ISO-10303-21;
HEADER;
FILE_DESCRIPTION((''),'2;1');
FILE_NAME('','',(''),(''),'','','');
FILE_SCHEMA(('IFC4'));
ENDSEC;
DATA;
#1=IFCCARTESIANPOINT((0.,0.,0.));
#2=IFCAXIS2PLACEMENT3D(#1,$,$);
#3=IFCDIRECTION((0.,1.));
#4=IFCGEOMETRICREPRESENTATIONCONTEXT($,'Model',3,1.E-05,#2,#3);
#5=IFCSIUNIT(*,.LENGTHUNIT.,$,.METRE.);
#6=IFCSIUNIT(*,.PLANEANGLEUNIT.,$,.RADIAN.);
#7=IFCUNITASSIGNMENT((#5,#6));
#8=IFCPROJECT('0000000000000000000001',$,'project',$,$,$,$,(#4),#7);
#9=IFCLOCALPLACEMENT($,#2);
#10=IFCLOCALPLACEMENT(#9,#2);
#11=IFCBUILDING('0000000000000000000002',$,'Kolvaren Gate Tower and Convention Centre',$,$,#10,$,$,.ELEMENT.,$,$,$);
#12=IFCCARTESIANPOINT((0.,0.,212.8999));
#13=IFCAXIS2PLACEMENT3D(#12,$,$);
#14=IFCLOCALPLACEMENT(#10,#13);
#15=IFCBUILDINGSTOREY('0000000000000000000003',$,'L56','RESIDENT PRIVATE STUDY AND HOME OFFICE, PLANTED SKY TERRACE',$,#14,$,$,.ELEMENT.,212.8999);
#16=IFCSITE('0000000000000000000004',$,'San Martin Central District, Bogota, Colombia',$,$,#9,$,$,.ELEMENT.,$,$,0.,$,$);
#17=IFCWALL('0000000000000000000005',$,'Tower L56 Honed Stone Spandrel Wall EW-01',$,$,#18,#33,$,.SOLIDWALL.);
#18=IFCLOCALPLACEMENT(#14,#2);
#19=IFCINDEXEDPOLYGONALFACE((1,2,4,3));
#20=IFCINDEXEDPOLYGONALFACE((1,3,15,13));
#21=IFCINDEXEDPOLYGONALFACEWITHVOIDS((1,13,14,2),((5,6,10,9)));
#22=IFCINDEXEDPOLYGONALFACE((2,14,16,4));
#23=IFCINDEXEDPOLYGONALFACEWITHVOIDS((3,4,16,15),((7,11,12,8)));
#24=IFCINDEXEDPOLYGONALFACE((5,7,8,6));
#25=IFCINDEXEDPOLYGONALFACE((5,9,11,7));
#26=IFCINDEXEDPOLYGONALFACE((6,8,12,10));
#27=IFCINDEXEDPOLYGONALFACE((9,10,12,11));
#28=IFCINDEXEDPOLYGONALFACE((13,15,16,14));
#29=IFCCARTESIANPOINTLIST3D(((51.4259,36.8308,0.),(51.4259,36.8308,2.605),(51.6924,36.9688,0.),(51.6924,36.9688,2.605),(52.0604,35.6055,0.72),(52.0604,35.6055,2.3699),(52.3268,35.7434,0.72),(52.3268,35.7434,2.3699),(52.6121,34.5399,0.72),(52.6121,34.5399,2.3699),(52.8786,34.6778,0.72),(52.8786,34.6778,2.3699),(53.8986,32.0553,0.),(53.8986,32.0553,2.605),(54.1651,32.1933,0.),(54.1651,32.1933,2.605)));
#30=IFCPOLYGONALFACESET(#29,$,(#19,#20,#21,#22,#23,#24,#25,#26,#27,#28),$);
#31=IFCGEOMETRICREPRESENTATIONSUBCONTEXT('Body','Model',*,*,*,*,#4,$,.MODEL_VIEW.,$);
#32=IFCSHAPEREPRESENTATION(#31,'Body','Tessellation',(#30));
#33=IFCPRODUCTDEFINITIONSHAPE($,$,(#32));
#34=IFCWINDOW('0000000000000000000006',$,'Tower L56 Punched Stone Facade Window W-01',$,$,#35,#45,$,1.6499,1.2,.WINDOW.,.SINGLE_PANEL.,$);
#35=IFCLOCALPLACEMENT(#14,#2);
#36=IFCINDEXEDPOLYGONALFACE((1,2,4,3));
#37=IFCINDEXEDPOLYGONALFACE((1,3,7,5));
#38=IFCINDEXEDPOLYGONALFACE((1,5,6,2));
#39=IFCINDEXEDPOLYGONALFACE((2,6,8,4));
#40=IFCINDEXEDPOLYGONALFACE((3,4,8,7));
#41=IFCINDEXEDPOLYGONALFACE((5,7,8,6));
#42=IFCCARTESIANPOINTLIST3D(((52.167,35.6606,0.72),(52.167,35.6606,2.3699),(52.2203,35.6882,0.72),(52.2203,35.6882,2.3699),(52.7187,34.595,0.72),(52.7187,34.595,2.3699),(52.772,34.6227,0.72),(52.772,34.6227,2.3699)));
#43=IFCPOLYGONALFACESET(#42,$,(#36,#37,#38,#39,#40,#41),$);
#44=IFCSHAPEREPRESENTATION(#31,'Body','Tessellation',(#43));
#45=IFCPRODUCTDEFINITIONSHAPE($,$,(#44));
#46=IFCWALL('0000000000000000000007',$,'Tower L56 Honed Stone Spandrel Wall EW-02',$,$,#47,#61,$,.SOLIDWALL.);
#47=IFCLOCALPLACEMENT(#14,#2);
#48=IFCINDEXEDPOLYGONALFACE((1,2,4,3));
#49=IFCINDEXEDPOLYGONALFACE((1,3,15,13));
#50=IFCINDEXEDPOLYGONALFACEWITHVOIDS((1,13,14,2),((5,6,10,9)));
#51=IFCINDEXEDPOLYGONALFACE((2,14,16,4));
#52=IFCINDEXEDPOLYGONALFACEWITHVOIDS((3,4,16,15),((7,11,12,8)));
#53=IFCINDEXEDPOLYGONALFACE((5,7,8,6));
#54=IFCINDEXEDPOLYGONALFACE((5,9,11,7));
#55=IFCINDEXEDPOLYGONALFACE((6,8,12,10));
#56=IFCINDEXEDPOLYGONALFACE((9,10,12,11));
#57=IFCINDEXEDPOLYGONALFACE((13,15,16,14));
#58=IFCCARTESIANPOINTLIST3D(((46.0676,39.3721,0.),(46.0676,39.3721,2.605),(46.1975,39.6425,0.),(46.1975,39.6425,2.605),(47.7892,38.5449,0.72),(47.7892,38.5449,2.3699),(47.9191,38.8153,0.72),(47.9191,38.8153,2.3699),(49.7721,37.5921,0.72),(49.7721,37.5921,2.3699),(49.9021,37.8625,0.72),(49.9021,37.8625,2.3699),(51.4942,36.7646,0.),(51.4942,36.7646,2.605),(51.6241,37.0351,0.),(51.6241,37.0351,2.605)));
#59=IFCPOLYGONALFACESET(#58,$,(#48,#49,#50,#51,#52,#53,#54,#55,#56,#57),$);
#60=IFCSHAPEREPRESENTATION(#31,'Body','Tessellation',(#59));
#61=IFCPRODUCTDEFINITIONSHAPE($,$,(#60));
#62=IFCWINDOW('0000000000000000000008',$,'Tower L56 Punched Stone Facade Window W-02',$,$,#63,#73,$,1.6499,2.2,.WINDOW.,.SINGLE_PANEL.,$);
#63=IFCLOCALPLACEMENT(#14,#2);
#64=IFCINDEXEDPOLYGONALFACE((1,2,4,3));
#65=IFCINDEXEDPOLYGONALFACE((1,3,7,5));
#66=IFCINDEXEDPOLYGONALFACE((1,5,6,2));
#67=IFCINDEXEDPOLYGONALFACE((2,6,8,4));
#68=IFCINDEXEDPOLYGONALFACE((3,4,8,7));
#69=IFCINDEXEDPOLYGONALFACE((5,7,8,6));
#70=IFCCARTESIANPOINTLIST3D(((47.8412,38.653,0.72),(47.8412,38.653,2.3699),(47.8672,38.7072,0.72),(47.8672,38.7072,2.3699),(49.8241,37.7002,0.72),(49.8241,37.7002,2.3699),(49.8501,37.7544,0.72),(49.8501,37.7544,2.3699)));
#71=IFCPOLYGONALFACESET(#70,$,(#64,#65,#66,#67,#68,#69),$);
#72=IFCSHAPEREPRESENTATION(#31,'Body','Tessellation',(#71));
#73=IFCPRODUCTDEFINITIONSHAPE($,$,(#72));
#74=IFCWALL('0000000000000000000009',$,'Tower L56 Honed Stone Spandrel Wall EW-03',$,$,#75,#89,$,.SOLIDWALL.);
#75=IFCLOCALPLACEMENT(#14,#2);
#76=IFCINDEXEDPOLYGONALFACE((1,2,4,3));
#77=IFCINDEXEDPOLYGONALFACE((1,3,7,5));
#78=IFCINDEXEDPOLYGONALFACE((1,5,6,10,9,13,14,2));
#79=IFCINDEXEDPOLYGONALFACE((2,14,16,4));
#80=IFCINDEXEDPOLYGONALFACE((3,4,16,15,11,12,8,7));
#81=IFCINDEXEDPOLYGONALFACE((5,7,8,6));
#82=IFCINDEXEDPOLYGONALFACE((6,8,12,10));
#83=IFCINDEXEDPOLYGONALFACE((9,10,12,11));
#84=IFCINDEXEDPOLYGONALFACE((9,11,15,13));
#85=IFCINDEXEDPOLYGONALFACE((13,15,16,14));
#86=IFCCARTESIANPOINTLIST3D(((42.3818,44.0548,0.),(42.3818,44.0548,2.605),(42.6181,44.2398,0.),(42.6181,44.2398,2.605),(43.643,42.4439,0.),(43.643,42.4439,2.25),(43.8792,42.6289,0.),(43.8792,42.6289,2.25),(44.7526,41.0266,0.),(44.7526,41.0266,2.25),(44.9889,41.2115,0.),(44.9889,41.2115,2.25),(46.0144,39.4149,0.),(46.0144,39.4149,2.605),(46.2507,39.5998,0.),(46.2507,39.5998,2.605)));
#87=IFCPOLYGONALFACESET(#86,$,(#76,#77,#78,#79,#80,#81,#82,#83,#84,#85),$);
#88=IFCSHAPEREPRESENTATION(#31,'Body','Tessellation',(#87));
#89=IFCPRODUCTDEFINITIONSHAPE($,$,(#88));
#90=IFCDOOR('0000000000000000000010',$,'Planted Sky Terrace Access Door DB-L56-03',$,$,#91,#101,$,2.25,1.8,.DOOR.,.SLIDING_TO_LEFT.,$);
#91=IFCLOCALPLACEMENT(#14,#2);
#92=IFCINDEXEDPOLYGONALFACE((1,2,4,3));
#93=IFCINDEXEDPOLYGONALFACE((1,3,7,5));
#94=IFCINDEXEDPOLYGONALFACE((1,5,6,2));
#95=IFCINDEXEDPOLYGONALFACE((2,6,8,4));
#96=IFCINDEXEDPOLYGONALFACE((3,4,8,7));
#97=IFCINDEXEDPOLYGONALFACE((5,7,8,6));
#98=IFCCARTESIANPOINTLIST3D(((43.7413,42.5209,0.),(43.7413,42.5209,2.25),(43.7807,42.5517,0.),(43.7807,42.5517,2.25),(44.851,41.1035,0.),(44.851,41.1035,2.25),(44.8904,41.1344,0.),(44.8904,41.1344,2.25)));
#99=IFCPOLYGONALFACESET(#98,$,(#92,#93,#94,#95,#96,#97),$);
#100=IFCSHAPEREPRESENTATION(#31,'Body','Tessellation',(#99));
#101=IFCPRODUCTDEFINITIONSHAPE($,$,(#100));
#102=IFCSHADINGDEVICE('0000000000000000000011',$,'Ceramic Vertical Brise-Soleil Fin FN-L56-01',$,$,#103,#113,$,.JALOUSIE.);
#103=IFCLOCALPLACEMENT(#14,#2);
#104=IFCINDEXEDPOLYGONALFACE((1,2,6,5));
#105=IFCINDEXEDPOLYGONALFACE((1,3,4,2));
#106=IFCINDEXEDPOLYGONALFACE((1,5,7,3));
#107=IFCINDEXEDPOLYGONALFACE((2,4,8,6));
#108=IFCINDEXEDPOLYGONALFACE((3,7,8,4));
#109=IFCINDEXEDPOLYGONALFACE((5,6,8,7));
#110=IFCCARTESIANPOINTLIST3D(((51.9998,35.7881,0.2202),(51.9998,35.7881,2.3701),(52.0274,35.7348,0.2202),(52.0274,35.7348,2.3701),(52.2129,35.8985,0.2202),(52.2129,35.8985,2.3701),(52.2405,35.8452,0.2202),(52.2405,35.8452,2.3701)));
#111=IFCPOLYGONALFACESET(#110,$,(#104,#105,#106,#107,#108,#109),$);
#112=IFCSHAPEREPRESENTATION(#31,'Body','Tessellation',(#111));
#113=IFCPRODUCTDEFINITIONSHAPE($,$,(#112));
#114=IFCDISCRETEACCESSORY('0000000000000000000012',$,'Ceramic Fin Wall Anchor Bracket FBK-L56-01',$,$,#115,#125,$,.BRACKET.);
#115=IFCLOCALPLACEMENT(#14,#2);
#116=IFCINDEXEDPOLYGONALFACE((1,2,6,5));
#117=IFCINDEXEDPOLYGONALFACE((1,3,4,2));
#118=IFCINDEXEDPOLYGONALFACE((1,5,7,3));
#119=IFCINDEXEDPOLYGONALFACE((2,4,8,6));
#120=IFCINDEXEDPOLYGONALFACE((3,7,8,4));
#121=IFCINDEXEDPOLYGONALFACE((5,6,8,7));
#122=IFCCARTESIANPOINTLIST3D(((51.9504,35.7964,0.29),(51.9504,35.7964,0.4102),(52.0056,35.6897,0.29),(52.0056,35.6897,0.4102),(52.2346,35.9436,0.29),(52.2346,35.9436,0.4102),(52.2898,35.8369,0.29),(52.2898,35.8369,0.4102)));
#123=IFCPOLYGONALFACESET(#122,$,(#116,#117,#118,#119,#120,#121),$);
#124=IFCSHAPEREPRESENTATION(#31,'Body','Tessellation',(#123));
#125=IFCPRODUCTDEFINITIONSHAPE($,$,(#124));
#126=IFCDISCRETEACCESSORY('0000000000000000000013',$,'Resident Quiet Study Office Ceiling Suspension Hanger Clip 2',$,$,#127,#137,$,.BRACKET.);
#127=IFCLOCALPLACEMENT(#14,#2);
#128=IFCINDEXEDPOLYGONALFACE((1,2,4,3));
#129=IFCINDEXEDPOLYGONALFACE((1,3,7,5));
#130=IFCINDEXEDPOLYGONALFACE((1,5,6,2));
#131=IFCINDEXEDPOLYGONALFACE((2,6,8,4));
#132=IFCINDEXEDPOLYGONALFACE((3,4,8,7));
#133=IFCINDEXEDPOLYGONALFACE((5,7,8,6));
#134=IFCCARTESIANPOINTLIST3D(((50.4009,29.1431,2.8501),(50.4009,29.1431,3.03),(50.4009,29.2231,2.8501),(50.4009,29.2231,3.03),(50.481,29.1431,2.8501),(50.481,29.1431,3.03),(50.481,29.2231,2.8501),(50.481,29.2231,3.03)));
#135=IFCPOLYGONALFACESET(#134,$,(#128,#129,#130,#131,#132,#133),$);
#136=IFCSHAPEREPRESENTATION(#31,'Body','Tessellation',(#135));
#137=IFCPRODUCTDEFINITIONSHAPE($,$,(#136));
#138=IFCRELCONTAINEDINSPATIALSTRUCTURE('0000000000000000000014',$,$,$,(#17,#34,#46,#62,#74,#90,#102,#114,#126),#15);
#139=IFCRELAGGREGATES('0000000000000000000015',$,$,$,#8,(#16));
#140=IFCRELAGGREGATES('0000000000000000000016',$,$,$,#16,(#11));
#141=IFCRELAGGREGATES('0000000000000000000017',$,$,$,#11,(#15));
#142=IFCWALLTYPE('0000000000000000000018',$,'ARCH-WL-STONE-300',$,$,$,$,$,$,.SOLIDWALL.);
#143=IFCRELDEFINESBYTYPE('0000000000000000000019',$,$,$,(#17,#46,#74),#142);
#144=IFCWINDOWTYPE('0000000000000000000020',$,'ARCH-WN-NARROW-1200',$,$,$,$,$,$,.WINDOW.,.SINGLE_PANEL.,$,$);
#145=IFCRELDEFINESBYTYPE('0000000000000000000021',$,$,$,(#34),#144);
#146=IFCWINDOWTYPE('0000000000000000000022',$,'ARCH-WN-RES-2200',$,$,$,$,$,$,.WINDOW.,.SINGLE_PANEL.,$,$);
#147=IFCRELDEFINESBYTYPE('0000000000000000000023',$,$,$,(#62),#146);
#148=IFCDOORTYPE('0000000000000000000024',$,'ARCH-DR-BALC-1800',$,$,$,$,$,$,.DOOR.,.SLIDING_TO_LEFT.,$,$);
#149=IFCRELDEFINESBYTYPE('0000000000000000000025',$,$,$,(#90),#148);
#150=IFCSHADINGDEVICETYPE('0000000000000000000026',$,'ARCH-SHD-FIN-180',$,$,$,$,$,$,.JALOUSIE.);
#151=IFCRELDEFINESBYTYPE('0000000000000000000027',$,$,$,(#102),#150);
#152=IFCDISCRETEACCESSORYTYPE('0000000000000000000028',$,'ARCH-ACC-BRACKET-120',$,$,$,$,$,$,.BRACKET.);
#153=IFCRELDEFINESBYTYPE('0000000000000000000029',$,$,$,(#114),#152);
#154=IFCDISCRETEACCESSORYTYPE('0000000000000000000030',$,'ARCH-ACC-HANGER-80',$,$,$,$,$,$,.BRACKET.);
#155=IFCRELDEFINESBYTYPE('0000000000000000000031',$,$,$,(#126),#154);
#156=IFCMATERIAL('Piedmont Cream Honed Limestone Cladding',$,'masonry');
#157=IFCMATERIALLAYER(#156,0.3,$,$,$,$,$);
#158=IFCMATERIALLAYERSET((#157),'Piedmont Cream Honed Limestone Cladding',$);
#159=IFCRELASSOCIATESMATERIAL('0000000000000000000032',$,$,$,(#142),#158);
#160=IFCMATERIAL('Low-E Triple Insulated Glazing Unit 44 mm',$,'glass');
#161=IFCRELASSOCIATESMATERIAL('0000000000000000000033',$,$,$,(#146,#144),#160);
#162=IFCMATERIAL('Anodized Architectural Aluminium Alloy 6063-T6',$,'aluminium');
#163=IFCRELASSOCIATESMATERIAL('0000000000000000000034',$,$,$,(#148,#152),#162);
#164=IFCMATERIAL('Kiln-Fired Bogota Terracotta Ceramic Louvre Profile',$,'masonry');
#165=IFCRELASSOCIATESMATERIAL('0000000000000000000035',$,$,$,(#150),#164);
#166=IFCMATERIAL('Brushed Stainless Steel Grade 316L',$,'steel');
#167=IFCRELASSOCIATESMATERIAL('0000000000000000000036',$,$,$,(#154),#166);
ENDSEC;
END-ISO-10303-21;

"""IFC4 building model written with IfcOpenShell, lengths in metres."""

from ifc_helpers import new_model, si_unit, direction, frame, frame_2d, origin, origin_2d, place, context, subcontext, project, spatial, rectangle, extrude, material, layer, layer_set, type_object, element, fill, save


model = new_model("IFC4")

# Units and contexts
model_context = context("Model", 3, precision=1e-05, world=origin(), true_north=direction((0.0, 1.0)))
body_context = subcontext(model_context, "Body", "Model", "MODEL_VIEW")
ifc_project = project(units=[si_unit("LENGTHUNIT", "METRE"), si_unit("PLANEANGLEUNIT", "RADIAN")], contexts=[model_context])

# Site, building, storey
site_placement = place(None, origin())
site = spatial("IfcSite", under=ifc_project, at=site_placement, Name="San Martin Central District, Bogota, Colombia", CompositionType="ELEMENT", RefElevation=0.0)
building_placement = place(site_placement, origin())
building = spatial("IfcBuilding", under=site, at=building_placement, Name="Kolvaren Gate Tower and Convention Centre", CompositionType="ELEMENT")
storey_placement = place(building_placement, frame((0.0, 0.0, 212.8999)))
storey = spatial("IfcBuildingStorey", under=building, at=storey_placement, Name="L56", Description="RESIDENT PRIVATE STUDY AND HOME OFFICE, PLANTED SKY TERRACE", CompositionType="ELEMENT", Elevation=212.8999)

# Shared definitions
ifc_material_1 = material(Name="Piedmont Cream Honed Limestone Cladding", Category="masonry")

# Walls, openings, windows
ifc_layer_1 = layer(ifc_material_1, 0.3)
ifc_layer_set_1 = layer_set([ifc_layer_1], Name="Piedmont Cream Honed Limestone Cladding")
wall_type_1 = type_object("IfcWallType", Name="ARCH-WL-STONE-300", PredefinedType="SOLIDWALL", material=ifc_layer_set_1)
ifc_material_2 = material(Name="Low-E Triple Insulated Glazing Unit 44 mm", Category="glass")
window_type_1 = type_object("IfcWindowType", Name="ARCH-WN-RES-2200", PartitioningType="SINGLE_PANEL", PredefinedType="WINDOW", material=ifc_material_2)
wall_1_placement = place(storey_placement, frame((51.5591, 36.8999, 0.0), z_axis=(0.0, 0.0, 1.0), x_axis=(0.459808, -0.888018, 0.0)))
wall_1 = element("IfcWall", 1, at=wall_1_placement, inside=storey, type_object=wall_type_1, Name="Tower L56 Honed Stone Spandrel Wall EW-01", PredefinedType="SOLIDWALL", context=body_context, shape_type="SweptSolid", body=[
    extrude(rectangle(XDim=5.3777, YDim=0.3, at=frame_2d((2.689, 0.0))), origin(), (0.0, 0.0, 1.0), 2.605),
])
opening_1_placement = place(wall_1_placement, frame((1.3799, 0.0, 0.72)))
opening_1 = element("IfcOpeningElement", 2, at=opening_1_placement, cuts=wall_1, PredefinedType="OPENING", context=body_context, shape_type="SweptSolid", body=[
    extrude(rectangle(XDim=1.2, YDim=1.6499, at=frame_2d((0.6001, 0.825))), frame((0.0, 0.1599, 0.0), z_axis=(0.0, -1.0, 0.0), x_axis=(1.0, 0.0, 0.0)), (0.0, 0.0, 1.0), 0.3201),
])
window_type_2 = type_object("IfcWindowType", Name="ARCH-WN-NARROW-1200", PartitioningType="SINGLE_PANEL", PredefinedType="WINDOW", material=ifc_material_2)
window_1_placement = place(opening_1_placement, origin())
window_1 = element("IfcWindow", 3, at=window_1_placement, inside=storey, type_object=window_type_2, Name="Tower L56 Punched Stone Facade Window W-01", OverallHeight=1.6499, OverallWidth=1.2, PartitioningType="SINGLE_PANEL", PredefinedType="WINDOW", context=body_context, shape_type="SweptSolid", body=[
    extrude(rectangle(XDim=1.2, YDim=1.6499, at=frame_2d((0.6001, 0.825))), frame((0.0, 0.03, 0.0), z_axis=(0.0, -1.0, 0.0), x_axis=(1.0, 0.0, 0.0)), (0.0, 0.0, 1.0), 0.0601),
])
fill(opening_1, window_1)
wall_2_placement = place(storey_placement, frame((46.1326, 39.5073, 0.0), z_axis=(0.0, 0.0, 1.0), x_axis=(0.901348, -0.433095, 0.0)))
wall_2 = element("IfcWall", 4, at=wall_2_placement, inside=storey, type_object=wall_type_1, Name="Tower L56 Honed Stone Spandrel Wall EW-02", PredefinedType="SOLIDWALL", context=body_context, shape_type="SweptSolid", body=[
    extrude(rectangle(XDim=6.0205, YDim=0.3, at=frame_2d((3.0103, 0.0))), origin(), (0.0, 0.0, 1.0), 2.605),
])
opening_2_placement = place(wall_2_placement, frame((1.9099, 0.0, 0.72)))
opening_2 = element("IfcOpeningElement", 5, at=opening_2_placement, cuts=wall_2, PredefinedType="OPENING", context=body_context, shape_type="SweptSolid", body=[
    extrude(rectangle(XDim=2.2, YDim=1.6499, at=frame_2d((1.1001, 0.825))), frame((0.0, 0.1599, 0.0), z_axis=(0.0, -1.0, 0.0), x_axis=(1.0, 0.0, 0.0)), (0.0, 0.0, 1.0), 0.3201),
])
window_2_placement = place(opening_2_placement, origin())
window_2 = element("IfcWindow", 6, at=window_2_placement, inside=storey, type_object=window_type_1, Name="Tower L56 Punched Stone Facade Window W-02", OverallHeight=1.6499, OverallWidth=2.2, PartitioningType="SINGLE_PANEL", PredefinedType="WINDOW", context=body_context, shape_type="SweptSolid", body=[
    extrude(rectangle(XDim=2.2, YDim=1.6499, at=frame_2d((1.1001, 0.825))), frame((0.0, 0.03, 0.0), z_axis=(0.0, -1.0, 0.0), x_axis=(1.0, 0.0, 0.0)), (0.0, 0.0, 1.0), 0.0601),
])
fill(opening_2, window_2)

# Wall, opening, door
wall_3_placement = place(storey_placement, frame((42.5, 44.1472, 0.0), z_axis=(0.0, 0.0, 1.0), x_axis=(0.61645, -0.787394, 0.0)))
wall_3 = element("IfcWall", 7, at=wall_3_placement, inside=storey, type_object=wall_type_1, Name="Tower L56 Honed Stone Spandrel Wall EW-03", PredefinedType="SOLIDWALL", context=body_context, shape_type="SweptSolid", body=[
    extrude(rectangle(XDim=5.8928, YDim=0.3, at=frame_2d((2.9463, 0.0))), origin(), (0.0, 0.0, 1.0), 2.605),
])
opening_3_placement = place(wall_3_placement, frame((2.0459, 0.0, 0.0)))
opening_3 = element("IfcOpeningElement", 8, at=opening_3_placement, cuts=wall_3, PredefinedType="OPENING", context=body_context, shape_type="SweptSolid", body=[
    extrude(rectangle(XDim=1.8, YDim=2.25, at=frame_2d((0.8999, 1.125))), frame((0.0, 0.1599, 0.0), z_axis=(0.0, -1.0, 0.0), x_axis=(1.0, 0.0, 0.0)), (0.0, 0.0, 1.0), 0.3201),
])
ifc_material_3 = material(Name="Anodized Architectural Aluminium Alloy 6063-T6", Category="aluminium")
door_type = type_object("IfcDoorType", Name="ARCH-DR-BALC-1800", OperationType="SLIDING_TO_LEFT", PredefinedType="DOOR", material=ifc_material_3)
door_placement = place(opening_3_placement, origin())
door = element("IfcDoor", 9, at=door_placement, inside=storey, type_object=door_type, Name="Planted Sky Terrace Access Door DB-L56-03", OperationType="SLIDING_TO_LEFT", OverallHeight=2.25, OverallWidth=1.8, PredefinedType="DOOR", context=body_context, shape_type="SweptSolid", body=[
    extrude(rectangle(XDim=1.8, YDim=2.25, at=frame_2d((0.8999, 1.125))), frame((0.0, 0.0249, 0.0), z_axis=(0.0, -1.0, 0.0), x_axis=(1.0, 0.0, 0.0)), (0.0, 0.0, 1.0), 0.05),
])
fill(opening_3, door)

# Shared definitions
ifc_material_4 = material(Name="Brushed Stainless Steel Grade 316L", Category="steel")

# Shading device
ifc_material_5 = material(Name="Kiln-Fired Bogota Terracotta Ceramic Louvre Profile", Category="masonry")
shading_device_type = type_object("IfcShadingDeviceType", Name="ARCH-SHD-FIN-180", PredefinedType="JALOUSIE", material=ifc_material_5)
shading_device_placement = place(storey_placement, frame((52.1201, 35.8167, 0.2202), z_axis=(0.0, 0.0, 1.0), x_axis=(0.4598, -0.888023, 0.0)))
element("IfcShadingDevice", 10, at=shading_device_placement, inside=storey, type_object=shading_device_type, Name="Ceramic Vertical Brise-Soleil Fin FN-L56-01", PredefinedType="JALOUSIE", context=body_context, shape_type="SweptSolid", body=[
    extrude(rectangle(XDim=0.0601, YDim=0.24, at=origin_2d()), origin(), (0.0, 0.0, 1.0), 2.1499),
])

# Discrete accessories
discrete_accessory_type_1 = type_object("IfcDiscreteAccessoryType", Name="ARCH-ACC-BRACKET-120", PredefinedType="BRACKET", material=ifc_material_3)
discrete_accessory_1_placement = place(storey_placement, frame((52.1201, 35.8167, 0.29), z_axis=(0.0, 0.0, 1.0), x_axis=(0.4598, -0.888023, 0.0)))
element("IfcDiscreteAccessory", 11, at=discrete_accessory_1_placement, inside=storey, type_object=discrete_accessory_type_1, Name="Ceramic Fin Wall Anchor Bracket FBK-L56-01", PredefinedType="BRACKET", context=body_context, shape_type="SweptSolid", body=[
    extrude(rectangle(XDim=0.1201, YDim=0.3201, at=origin_2d()), origin(), (0.0, 0.0, 1.0), 0.1201),
])
discrete_accessory_type_2 = type_object("IfcDiscreteAccessoryType", Name="ARCH-ACC-HANGER-80", PredefinedType="BRACKET", material=ifc_material_4)
discrete_accessory_2_placement = place(storey_placement, frame((50.4409, 29.1831, 2.8501), z_axis=(0.0, 0.0, 1.0), x_axis=(1.0, 0.0, 0.0)))
element("IfcDiscreteAccessory", 12, at=discrete_accessory_2_placement, inside=storey, type_object=discrete_accessory_type_2, Name="Resident Quiet Study Office Ceiling Suspension Hanger Clip 2", PredefinedType="BRACKET", context=body_context, shape_type="SweptSolid", body=[
    extrude(rectangle(XDim=0.0801, YDim=0.0801, at=origin_2d()), origin(), (0.0, 0.0, 1.0), 0.1799),
])

save(model, "model.ifc")
